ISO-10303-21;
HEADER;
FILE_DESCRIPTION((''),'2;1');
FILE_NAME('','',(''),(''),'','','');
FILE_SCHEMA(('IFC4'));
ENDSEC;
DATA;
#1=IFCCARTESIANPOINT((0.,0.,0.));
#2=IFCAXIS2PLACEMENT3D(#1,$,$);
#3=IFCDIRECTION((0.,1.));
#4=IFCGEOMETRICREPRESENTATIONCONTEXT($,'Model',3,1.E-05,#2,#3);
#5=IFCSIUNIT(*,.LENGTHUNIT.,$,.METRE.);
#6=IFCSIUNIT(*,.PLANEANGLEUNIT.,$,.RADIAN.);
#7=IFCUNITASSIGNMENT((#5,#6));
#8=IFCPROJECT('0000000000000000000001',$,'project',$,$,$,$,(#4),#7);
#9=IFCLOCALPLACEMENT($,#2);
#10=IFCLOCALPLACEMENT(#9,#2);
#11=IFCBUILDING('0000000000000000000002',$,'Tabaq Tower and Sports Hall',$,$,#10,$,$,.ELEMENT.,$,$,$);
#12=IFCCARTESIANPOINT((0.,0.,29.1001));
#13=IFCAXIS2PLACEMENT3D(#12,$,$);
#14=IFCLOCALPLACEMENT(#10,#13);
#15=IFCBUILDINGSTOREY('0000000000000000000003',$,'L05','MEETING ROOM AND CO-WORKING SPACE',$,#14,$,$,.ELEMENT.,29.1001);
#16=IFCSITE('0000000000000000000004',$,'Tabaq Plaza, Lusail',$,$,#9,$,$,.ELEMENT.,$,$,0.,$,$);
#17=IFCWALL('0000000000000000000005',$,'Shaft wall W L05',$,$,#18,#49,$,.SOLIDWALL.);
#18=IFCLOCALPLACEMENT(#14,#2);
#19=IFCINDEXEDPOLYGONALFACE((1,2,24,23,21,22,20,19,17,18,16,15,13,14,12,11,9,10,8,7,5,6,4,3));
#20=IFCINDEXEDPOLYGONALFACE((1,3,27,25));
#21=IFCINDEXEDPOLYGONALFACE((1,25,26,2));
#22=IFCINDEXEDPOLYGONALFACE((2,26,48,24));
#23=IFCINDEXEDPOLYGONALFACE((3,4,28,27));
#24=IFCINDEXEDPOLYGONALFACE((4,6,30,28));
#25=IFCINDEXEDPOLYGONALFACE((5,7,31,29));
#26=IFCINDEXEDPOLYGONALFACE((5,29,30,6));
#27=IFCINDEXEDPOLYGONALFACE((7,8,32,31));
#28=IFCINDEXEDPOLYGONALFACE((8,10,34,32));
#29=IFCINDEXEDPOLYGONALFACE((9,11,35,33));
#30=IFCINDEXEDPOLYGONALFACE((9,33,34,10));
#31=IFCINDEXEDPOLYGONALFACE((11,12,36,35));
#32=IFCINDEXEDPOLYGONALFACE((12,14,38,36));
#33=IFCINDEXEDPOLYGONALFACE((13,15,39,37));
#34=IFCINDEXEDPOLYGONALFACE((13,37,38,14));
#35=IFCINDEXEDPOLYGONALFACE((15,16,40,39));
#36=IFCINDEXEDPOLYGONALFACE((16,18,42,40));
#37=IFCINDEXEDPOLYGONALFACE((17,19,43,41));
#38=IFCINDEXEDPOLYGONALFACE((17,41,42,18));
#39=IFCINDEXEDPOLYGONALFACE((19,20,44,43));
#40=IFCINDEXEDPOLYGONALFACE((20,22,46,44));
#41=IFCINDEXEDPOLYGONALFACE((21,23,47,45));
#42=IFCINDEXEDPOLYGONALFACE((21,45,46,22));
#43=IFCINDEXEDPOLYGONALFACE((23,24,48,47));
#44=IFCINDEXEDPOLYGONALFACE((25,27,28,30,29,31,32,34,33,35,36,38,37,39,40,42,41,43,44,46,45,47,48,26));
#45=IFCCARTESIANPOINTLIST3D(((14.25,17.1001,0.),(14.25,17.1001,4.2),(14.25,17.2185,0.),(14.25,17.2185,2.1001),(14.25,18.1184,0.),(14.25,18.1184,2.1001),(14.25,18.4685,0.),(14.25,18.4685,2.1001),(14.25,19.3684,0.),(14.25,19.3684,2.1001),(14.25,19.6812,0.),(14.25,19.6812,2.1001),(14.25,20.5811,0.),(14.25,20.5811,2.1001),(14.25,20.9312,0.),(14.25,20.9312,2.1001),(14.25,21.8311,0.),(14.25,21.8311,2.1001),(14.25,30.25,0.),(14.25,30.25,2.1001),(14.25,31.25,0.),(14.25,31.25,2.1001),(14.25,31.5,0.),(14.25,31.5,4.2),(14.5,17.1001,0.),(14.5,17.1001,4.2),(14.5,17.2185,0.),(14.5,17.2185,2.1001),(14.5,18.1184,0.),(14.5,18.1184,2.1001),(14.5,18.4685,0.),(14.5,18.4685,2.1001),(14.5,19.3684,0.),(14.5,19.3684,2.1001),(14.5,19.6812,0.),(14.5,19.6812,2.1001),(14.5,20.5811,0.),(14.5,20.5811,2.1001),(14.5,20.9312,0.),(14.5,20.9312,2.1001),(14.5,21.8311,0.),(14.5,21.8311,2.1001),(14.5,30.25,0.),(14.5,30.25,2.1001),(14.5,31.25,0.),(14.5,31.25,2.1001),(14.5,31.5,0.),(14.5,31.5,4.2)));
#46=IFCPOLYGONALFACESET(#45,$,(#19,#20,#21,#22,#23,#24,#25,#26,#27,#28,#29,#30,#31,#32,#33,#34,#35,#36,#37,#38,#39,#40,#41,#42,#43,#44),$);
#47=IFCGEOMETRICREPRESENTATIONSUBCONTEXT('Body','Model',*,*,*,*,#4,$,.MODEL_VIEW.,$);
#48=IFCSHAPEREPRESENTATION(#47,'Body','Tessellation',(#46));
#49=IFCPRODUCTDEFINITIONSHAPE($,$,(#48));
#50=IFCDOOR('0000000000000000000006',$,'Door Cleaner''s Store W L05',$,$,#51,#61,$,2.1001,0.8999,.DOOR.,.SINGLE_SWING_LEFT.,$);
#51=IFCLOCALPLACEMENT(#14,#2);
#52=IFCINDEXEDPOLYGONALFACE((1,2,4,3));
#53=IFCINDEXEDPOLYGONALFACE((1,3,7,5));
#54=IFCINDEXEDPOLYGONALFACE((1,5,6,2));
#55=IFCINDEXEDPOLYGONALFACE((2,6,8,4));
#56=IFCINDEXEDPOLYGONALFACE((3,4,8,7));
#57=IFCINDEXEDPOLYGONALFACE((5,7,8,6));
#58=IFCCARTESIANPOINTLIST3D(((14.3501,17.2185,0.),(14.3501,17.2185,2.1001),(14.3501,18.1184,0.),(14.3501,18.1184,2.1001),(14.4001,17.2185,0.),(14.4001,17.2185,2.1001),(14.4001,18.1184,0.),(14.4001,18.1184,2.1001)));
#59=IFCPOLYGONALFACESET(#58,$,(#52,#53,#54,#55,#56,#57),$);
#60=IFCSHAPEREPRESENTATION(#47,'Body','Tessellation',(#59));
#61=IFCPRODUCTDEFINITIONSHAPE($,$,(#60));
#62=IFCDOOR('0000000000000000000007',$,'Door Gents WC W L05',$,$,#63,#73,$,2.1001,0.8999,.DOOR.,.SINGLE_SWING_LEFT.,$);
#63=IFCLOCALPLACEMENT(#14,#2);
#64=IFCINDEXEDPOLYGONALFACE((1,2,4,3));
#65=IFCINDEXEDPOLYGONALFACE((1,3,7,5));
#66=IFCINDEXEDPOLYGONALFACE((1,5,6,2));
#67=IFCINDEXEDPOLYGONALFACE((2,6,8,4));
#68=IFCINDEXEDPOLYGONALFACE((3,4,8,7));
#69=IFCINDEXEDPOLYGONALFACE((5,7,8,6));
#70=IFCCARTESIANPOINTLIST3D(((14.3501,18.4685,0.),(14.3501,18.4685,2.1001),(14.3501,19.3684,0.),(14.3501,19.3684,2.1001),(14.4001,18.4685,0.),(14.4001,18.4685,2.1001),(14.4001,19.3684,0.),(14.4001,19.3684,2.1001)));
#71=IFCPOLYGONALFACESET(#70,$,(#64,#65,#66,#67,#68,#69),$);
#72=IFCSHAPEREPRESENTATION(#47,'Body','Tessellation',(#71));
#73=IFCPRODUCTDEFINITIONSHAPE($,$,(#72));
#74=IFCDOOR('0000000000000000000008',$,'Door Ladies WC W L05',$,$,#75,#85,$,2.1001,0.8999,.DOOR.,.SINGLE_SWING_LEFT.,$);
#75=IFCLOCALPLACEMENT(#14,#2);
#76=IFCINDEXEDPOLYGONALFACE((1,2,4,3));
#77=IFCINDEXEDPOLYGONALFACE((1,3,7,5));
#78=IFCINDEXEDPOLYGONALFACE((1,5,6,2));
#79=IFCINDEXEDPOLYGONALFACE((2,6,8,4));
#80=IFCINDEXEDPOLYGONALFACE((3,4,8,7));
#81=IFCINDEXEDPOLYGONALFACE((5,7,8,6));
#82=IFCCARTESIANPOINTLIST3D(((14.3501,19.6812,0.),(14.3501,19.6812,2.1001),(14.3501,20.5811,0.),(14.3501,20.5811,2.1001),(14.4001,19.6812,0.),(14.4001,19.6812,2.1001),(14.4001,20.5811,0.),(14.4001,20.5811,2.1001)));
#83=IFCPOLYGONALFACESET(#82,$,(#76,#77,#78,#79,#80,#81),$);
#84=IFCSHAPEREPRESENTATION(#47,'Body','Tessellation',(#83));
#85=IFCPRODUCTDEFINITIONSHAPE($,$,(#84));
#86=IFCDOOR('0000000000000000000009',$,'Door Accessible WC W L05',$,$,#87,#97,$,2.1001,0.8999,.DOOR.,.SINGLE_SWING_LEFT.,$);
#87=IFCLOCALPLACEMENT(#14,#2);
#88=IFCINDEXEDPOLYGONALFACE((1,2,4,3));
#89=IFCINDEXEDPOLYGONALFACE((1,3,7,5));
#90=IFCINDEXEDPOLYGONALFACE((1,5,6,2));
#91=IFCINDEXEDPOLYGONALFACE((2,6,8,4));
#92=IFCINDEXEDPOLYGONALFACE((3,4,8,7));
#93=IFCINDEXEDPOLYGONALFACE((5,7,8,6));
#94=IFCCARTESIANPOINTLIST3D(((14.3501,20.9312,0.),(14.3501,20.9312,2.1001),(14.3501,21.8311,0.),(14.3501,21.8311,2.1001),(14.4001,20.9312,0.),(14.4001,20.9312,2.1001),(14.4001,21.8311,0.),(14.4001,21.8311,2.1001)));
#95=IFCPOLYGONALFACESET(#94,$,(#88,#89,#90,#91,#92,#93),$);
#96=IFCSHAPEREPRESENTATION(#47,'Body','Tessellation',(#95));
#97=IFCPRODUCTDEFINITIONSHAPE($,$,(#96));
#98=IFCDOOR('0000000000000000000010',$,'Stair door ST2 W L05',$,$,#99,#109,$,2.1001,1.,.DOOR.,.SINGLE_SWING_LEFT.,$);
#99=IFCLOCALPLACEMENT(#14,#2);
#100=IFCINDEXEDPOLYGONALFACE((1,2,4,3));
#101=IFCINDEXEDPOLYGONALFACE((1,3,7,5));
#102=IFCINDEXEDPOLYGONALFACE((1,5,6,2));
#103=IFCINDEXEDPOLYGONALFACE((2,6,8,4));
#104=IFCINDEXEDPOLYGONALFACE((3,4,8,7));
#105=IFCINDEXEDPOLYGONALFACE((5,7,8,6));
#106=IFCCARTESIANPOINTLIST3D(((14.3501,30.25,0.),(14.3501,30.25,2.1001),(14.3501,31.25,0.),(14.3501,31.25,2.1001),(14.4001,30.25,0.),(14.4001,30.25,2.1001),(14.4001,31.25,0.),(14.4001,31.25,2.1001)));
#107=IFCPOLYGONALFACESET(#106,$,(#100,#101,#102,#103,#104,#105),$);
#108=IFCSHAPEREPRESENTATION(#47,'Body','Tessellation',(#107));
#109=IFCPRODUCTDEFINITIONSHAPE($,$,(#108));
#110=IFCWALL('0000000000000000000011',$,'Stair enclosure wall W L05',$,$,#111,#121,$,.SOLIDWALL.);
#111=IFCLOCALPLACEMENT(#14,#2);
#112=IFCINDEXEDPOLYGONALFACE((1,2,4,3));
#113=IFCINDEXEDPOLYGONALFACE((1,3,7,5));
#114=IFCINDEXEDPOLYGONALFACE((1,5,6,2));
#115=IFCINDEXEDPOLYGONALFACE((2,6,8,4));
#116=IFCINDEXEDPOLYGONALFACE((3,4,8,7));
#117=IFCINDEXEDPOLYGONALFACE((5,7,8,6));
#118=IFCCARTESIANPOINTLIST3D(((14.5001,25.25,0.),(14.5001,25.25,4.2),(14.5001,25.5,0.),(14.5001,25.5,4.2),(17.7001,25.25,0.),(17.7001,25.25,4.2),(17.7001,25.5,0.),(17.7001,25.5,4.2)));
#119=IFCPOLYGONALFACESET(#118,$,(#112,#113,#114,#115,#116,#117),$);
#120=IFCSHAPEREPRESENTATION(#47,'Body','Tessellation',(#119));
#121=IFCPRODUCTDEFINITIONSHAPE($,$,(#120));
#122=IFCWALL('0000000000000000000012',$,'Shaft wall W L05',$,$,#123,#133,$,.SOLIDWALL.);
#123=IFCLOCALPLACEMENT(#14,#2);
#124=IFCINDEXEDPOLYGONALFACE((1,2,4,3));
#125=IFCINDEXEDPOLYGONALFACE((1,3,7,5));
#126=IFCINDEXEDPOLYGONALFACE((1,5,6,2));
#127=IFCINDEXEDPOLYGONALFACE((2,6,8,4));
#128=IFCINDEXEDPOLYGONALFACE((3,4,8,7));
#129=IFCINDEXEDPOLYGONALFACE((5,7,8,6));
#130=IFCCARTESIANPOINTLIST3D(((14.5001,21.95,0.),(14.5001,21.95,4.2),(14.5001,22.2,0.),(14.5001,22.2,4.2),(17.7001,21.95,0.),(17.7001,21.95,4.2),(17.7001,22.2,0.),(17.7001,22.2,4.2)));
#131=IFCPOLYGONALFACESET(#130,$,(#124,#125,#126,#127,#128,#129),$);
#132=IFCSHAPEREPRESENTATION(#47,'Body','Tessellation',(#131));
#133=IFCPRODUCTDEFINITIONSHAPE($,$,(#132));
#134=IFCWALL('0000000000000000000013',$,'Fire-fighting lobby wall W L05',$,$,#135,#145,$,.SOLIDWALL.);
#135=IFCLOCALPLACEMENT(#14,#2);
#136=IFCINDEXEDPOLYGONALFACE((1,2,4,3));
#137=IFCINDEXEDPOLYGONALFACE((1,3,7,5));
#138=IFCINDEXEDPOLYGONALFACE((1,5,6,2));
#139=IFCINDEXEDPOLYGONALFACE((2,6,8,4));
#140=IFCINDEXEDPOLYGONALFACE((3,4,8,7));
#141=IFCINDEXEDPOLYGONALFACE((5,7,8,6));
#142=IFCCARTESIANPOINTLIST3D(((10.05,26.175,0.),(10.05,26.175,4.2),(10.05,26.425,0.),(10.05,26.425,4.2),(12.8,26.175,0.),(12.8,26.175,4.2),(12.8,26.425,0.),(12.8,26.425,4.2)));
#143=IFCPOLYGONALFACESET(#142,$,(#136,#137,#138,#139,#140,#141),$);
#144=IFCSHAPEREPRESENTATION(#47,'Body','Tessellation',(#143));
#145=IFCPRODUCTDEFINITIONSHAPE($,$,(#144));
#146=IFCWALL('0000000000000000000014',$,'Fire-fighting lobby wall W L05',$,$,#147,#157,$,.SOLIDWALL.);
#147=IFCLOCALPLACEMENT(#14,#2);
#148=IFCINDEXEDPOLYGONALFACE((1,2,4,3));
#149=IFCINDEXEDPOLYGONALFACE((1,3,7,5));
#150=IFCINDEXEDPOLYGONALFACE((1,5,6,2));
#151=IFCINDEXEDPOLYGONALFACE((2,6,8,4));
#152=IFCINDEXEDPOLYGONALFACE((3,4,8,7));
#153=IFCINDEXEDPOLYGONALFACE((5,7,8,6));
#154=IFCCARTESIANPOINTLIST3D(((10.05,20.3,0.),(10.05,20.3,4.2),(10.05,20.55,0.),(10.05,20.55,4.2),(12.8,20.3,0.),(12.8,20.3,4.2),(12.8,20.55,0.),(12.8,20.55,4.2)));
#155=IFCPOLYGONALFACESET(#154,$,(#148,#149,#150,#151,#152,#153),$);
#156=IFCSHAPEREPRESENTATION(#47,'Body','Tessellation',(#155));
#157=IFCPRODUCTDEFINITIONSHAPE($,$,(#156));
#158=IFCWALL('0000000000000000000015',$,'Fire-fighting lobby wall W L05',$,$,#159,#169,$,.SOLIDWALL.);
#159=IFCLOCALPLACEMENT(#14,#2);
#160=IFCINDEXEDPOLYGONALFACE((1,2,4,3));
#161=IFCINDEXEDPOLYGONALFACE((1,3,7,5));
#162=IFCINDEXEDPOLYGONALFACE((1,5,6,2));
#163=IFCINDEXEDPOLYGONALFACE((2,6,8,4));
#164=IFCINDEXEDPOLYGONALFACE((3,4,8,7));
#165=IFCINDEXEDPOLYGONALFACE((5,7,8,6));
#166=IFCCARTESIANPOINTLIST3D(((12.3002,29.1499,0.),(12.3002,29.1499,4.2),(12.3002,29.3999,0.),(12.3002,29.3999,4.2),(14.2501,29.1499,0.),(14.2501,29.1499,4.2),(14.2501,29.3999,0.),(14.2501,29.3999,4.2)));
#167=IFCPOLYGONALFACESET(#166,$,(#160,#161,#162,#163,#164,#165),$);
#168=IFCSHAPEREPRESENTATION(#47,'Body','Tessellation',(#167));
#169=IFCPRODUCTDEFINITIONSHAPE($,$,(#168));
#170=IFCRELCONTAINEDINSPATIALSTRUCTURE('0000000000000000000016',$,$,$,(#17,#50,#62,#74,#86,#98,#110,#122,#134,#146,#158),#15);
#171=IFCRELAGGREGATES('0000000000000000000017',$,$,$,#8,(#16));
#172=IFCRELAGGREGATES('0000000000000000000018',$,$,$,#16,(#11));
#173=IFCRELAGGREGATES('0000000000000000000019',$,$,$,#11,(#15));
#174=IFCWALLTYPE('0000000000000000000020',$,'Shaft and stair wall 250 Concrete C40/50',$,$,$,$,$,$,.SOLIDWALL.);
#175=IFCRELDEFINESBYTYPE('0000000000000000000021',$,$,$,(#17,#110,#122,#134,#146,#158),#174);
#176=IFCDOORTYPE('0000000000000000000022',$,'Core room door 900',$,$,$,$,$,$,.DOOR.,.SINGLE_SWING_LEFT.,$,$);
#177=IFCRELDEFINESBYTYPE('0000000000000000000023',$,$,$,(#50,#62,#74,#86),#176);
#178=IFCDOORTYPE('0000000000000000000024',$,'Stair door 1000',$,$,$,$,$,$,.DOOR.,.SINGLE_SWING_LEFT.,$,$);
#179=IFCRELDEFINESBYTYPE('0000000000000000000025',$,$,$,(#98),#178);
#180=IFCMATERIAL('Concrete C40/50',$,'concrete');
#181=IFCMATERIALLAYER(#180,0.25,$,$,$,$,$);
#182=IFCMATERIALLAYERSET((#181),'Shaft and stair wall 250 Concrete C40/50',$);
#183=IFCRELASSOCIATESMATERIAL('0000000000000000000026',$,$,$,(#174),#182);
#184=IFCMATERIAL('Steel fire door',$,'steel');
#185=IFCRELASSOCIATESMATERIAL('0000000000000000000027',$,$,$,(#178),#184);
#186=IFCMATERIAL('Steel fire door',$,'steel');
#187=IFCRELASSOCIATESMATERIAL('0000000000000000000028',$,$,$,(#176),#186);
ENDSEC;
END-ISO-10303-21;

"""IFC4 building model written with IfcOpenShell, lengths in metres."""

from ifc_helpers import new_model, si_unit, direction, frame, frame_2d, origin, place, context, subcontext, project, spatial, rectangle, extrude, material, layer, layer_set, type_object, element, fill, save


model = new_model("IFC4")

# Units and contexts
model_context = context("Model", 3, precision=1e-05, world=origin(), true_north=direction((0.0, 1.0)))
body_context = subcontext(model_context, "Body", "Model", "MODEL_VIEW")
ifc_project = project(units=[si_unit("LENGTHUNIT", "METRE"), si_unit("PLANEANGLEUNIT", "RADIAN")], contexts=[model_context])

# Site, building, storey
site_placement = place(None, origin())
site = spatial("IfcSite", under=ifc_project, at=site_placement, Name="Tabaq Plaza, Lusail", CompositionType="ELEMENT", RefElevation=0.0)
building_placement = place(site_placement, origin())
building = spatial("IfcBuilding", under=site, at=building_placement, Name="Tabaq Tower and Sports Hall", CompositionType="ELEMENT")
storey_placement = place(building_placement, frame((0.0, 0.0, 29.1001)))
storey = spatial("IfcBuildingStorey", under=building, at=storey_placement, Name="L05", Description="MEETING ROOM AND CO-WORKING SPACE", CompositionType="ELEMENT", Elevation=29.1001)

# Wall, openings, doors
ifc_material_1 = material(Name="Concrete C40/50", Category="concrete")
ifc_layer_1 = layer(ifc_material_1, 0.25)
ifc_layer_set_1 = layer_set([ifc_layer_1], Name="Shaft and stair wall 250 Concrete C40/50")
wall_type_1 = type_object("IfcWallType", Name="Shaft and stair wall 250 Concrete C40/50", PredefinedType="SOLIDWALL", material=ifc_layer_set_1)
ifc_material_2 = material(Name="Steel fire door", Category="steel")
door_type_1 = type_object("IfcDoorType", Name="Stair door 1000", OperationType="SINGLE_SWING_LEFT", PredefinedType="DOOR", material=ifc_material_2)
wall_1_placement = place(storey_placement, frame((14.375, 17.1001, 0.0), z_axis=(0.0, 0.0, 1.0), x_axis=(0.0, 1.0, 0.0)))
wall_1 = element("IfcWall", 1, at=wall_1_placement, inside=storey, type_object=wall_type_1, Name="Shaft wall W L05", PredefinedType="SOLIDWALL", context=body_context, shape_type="SweptSolid", body=[
    extrude(rectangle(XDim=14.3999, YDim=0.25, at=frame_2d((7.2, 0.0))), origin(), (0.0, 0.0, 1.0), 4.2),
])
opening_1_placement = place(wall_1_placement, frame((13.1499, 0.0, 0.0)))
opening_1 = element("IfcOpeningElement", 2, at=opening_1_placement, cuts=wall_1, PredefinedType="OPENING", context=body_context, shape_type="SweptSolid", body=[
    extrude(rectangle(XDim=1.0, YDim=2.1001, at=frame_2d((0.5, 1.05))), frame((0.0, 0.125, 0.0), z_axis=(0.0, -1.0, 0.0), x_axis=(1.0, 0.0, 0.0)), (0.0, 0.0, 1.0), 0.25),
])
opening_2_placement = place(wall_1_placement, frame((0.1184, 0.0, 0.0)))
opening_2 = element("IfcOpeningElement", 3, at=opening_2_placement, cuts=wall_1, PredefinedType="OPENING", context=body_context, shape_type="SweptSolid", body=[
    extrude(rectangle(XDim=0.8999, YDim=2.1001, at=frame_2d((0.45, 1.05))), frame((0.0, 0.125, 0.0), z_axis=(0.0, -1.0, 0.0), x_axis=(1.0, 0.0, 0.0)), (0.0, 0.0, 1.0), 0.25),
])
opening_3_placement = place(wall_1_placement, frame((1.3684, 0.0, 0.0)))
opening_3 = element("IfcOpeningElement", 4, at=opening_3_placement, cuts=wall_1, PredefinedType="OPENING", context=body_context, shape_type="SweptSolid", body=[
    extrude(rectangle(XDim=0.8999, YDim=2.1001, at=frame_2d((0.45, 1.05))), frame((0.0, 0.125, 0.0), z_axis=(0.0, -1.0, 0.0), x_axis=(1.0, 0.0, 0.0)), (0.0, 0.0, 1.0), 0.25),
])
opening_4_placement = place(wall_1_placement, frame((2.5811, 0.0, 0.0)))
opening_4 = element("IfcOpeningElement", 5, at=opening_4_placement, cuts=wall_1, PredefinedType="OPENING", context=body_context, shape_type="SweptSolid", body=[
    extrude(rectangle(XDim=0.8999, YDim=2.1001, at=frame_2d((0.45, 1.05))), frame((0.0, 0.125, 0.0), z_axis=(0.0, -1.0, 0.0), x_axis=(1.0, 0.0, 0.0)), (0.0, 0.0, 1.0), 0.25),
])
opening_5_placement = place(wall_1_placement, frame((3.8311, 0.0, 0.0)))
opening_5 = element("IfcOpeningElement", 6, at=opening_5_placement, cuts=wall_1, PredefinedType="OPENING", context=body_context, shape_type="SweptSolid", body=[
    extrude(rectangle(XDim=0.8999, YDim=2.1001, at=frame_2d((0.45, 1.05))), frame((0.0, 0.125, 0.0), z_axis=(0.0, -1.0, 0.0), x_axis=(1.0, 0.0, 0.0)), (0.0, 0.0, 1.0), 0.25),
])
ifc_material_3 = material(Name="Steel fire door", Category="steel")
door_type_2 = type_object("IfcDoorType", Name="Core room door 900", OperationType="SINGLE_SWING_LEFT", PredefinedType="DOOR", material=ifc_material_3)
door_1_placement = place(opening_2_placement, origin())
door_1 = element("IfcDoor", 7, at=door_1_placement, inside=storey, type_object=door_type_2, Name="Door Cleaner's Store W L05", OperationType="SINGLE_SWING_LEFT", OverallHeight=2.1001, OverallWidth=0.8999, PredefinedType="DOOR", context=body_context, shape_type="SweptSolid", body=[
    extrude(rectangle(XDim=0.8999, YDim=2.1001, at=frame_2d((0.45, 1.05))), frame((0.0, 0.0249, 0.0), z_axis=(0.0, -1.0, 0.0), x_axis=(1.0, 0.0, 0.0)), (0.0, 0.0, 1.0), 0.05),
])
fill(opening_2, door_1)
door_2_placement = place(opening_3_placement, origin())
door_2 = element("IfcDoor", 8, at=door_2_placement, inside=storey, type_object=door_type_2, Name="Door Gents WC W L05", OperationType="SINGLE_SWING_LEFT", OverallHeight=2.1001, OverallWidth=0.8999, PredefinedType="DOOR", context=body_context, shape_type="SweptSolid", body=[
    extrude(rectangle(XDim=0.8999, YDim=2.1001, at=frame_2d((0.45, 1.05))), frame((0.0, 0.0249, 0.0), z_axis=(0.0, -1.0, 0.0), x_axis=(1.0, 0.0, 0.0)), (0.0, 0.0, 1.0), 0.05),
])
fill(opening_3, door_2)
door_3_placement = place(opening_4_placement, origin())
door_3 = element("IfcDoor", 9, at=door_3_placement, inside=storey, type_object=door_type_2, Name="Door Ladies WC W L05", OperationType="SINGLE_SWING_LEFT", OverallHeight=2.1001, OverallWidth=0.8999, PredefinedType="DOOR", context=body_context, shape_type="SweptSolid", body=[
    extrude(rectangle(XDim=0.8999, YDim=2.1001, at=frame_2d((0.45, 1.05))), frame((0.0, 0.0249, 0.0), z_axis=(0.0, -1.0, 0.0), x_axis=(1.0, 0.0, 0.0)), (0.0, 0.0, 1.0), 0.05),
])
fill(opening_4, door_3)
door_4_placement = place(opening_5_placement, origin())
door_4 = element("IfcDoor", 10, at=door_4_placement, inside=storey, type_object=door_type_2, Name="Door Accessible WC W L05", OperationType="SINGLE_SWING_LEFT", OverallHeight=2.1001, OverallWidth=0.8999, PredefinedType="DOOR", context=body_context, shape_type="SweptSolid", body=[
    extrude(rectangle(XDim=0.8999, YDim=2.1001, at=frame_2d((0.45, 1.05))), frame((0.0, 0.0249, 0.0), z_axis=(0.0, -1.0, 0.0), x_axis=(1.0, 0.0, 0.0)), (0.0, 0.0, 1.0), 0.05),
])
fill(opening_5, door_4)
door_5_placement = place(opening_1_placement, origin())
door_5 = element("IfcDoor", 11, at=door_5_placement, inside=storey, type_object=door_type_1, Name="Stair door ST2 W L05", OperationType="SINGLE_SWING_LEFT", OverallHeight=2.1001, OverallWidth=1.0, PredefinedType="DOOR", context=body_context, shape_type="SweptSolid", body=[
    extrude(rectangle(XDim=1.0, YDim=2.1001, at=frame_2d((0.5, 1.05))), frame((0.0, 0.0249, 0.0), z_axis=(0.0, -1.0, 0.0), x_axis=(1.0, 0.0, 0.0)), (0.0, 0.0, 1.0), 0.05),
])
fill(opening_1, door_5)

# Walls
for number, where, z_axis, x_axis, name in (
    (12, (14.5, 25.375, 0.0), (0.0, 0.0, 1.0), (1.0, 0.0, 0.0), "Stair enclosure wall W L05"),
    (13, (14.5, 22.075, 0.0), (0.0, 0.0, 1.0), (1.0, 0.0, 0.0), "Shaft wall W L05"),
):
    element("IfcWall", number, at=place(storey_placement, frame(where, z_axis=z_axis, x_axis=x_axis)), inside=storey, type_object=wall_type_1, Name=name, PredefinedType="SOLIDWALL", context=body_context, shape_type="SweptSolid", body=[
        extrude(rectangle(XDim=3.2, YDim=0.25, at=frame_2d((1.6001, 0.0))), origin(), (0.0, 0.0, 1.0), 4.2),
    ])
for number, where, z_axis, x_axis, name in (
    (14, (10.05, 26.3, 0.0), (0.0, 0.0, 1.0), (1.0, 0.0, 0.0), "Fire-fighting lobby wall W L05"),
    (15, (10.05, 20.425, 0.0), (0.0, 0.0, 1.0), (1.0, 0.0, 0.0), "Fire-fighting lobby wall W L05"),
):
    element("IfcWall", number, at=place(storey_placement, frame(where, z_axis=z_axis, x_axis=x_axis)), inside=storey, type_object=wall_type_1, Name=name, PredefinedType="SOLIDWALL", context=body_context, shape_type="SweptSolid", body=[
        extrude(rectangle(XDim=2.75, YDim=0.25, at=frame_2d((1.375, 0.0))), origin(), (0.0, 0.0, 1.0), 4.2),
    ])
wall_2_placement = place(storey_placement, frame((12.3, 29.2749, 0.0), z_axis=(0.0, 0.0, 1.0), x_axis=(1.0, 0.0, 0.0)))
element("IfcWall", 16, at=wall_2_placement, inside=storey, type_object=wall_type_1, Name="Fire-fighting lobby wall W L05", PredefinedType="SOLIDWALL", context=body_context, shape_type="SweptSolid", body=[
    extrude(rectangle(XDim=1.95, YDim=0.25, at=frame_2d((0.9751, 0.0))), origin(), (0.0, 0.0, 1.0), 4.2),
])

save(model, "model.ifc")
